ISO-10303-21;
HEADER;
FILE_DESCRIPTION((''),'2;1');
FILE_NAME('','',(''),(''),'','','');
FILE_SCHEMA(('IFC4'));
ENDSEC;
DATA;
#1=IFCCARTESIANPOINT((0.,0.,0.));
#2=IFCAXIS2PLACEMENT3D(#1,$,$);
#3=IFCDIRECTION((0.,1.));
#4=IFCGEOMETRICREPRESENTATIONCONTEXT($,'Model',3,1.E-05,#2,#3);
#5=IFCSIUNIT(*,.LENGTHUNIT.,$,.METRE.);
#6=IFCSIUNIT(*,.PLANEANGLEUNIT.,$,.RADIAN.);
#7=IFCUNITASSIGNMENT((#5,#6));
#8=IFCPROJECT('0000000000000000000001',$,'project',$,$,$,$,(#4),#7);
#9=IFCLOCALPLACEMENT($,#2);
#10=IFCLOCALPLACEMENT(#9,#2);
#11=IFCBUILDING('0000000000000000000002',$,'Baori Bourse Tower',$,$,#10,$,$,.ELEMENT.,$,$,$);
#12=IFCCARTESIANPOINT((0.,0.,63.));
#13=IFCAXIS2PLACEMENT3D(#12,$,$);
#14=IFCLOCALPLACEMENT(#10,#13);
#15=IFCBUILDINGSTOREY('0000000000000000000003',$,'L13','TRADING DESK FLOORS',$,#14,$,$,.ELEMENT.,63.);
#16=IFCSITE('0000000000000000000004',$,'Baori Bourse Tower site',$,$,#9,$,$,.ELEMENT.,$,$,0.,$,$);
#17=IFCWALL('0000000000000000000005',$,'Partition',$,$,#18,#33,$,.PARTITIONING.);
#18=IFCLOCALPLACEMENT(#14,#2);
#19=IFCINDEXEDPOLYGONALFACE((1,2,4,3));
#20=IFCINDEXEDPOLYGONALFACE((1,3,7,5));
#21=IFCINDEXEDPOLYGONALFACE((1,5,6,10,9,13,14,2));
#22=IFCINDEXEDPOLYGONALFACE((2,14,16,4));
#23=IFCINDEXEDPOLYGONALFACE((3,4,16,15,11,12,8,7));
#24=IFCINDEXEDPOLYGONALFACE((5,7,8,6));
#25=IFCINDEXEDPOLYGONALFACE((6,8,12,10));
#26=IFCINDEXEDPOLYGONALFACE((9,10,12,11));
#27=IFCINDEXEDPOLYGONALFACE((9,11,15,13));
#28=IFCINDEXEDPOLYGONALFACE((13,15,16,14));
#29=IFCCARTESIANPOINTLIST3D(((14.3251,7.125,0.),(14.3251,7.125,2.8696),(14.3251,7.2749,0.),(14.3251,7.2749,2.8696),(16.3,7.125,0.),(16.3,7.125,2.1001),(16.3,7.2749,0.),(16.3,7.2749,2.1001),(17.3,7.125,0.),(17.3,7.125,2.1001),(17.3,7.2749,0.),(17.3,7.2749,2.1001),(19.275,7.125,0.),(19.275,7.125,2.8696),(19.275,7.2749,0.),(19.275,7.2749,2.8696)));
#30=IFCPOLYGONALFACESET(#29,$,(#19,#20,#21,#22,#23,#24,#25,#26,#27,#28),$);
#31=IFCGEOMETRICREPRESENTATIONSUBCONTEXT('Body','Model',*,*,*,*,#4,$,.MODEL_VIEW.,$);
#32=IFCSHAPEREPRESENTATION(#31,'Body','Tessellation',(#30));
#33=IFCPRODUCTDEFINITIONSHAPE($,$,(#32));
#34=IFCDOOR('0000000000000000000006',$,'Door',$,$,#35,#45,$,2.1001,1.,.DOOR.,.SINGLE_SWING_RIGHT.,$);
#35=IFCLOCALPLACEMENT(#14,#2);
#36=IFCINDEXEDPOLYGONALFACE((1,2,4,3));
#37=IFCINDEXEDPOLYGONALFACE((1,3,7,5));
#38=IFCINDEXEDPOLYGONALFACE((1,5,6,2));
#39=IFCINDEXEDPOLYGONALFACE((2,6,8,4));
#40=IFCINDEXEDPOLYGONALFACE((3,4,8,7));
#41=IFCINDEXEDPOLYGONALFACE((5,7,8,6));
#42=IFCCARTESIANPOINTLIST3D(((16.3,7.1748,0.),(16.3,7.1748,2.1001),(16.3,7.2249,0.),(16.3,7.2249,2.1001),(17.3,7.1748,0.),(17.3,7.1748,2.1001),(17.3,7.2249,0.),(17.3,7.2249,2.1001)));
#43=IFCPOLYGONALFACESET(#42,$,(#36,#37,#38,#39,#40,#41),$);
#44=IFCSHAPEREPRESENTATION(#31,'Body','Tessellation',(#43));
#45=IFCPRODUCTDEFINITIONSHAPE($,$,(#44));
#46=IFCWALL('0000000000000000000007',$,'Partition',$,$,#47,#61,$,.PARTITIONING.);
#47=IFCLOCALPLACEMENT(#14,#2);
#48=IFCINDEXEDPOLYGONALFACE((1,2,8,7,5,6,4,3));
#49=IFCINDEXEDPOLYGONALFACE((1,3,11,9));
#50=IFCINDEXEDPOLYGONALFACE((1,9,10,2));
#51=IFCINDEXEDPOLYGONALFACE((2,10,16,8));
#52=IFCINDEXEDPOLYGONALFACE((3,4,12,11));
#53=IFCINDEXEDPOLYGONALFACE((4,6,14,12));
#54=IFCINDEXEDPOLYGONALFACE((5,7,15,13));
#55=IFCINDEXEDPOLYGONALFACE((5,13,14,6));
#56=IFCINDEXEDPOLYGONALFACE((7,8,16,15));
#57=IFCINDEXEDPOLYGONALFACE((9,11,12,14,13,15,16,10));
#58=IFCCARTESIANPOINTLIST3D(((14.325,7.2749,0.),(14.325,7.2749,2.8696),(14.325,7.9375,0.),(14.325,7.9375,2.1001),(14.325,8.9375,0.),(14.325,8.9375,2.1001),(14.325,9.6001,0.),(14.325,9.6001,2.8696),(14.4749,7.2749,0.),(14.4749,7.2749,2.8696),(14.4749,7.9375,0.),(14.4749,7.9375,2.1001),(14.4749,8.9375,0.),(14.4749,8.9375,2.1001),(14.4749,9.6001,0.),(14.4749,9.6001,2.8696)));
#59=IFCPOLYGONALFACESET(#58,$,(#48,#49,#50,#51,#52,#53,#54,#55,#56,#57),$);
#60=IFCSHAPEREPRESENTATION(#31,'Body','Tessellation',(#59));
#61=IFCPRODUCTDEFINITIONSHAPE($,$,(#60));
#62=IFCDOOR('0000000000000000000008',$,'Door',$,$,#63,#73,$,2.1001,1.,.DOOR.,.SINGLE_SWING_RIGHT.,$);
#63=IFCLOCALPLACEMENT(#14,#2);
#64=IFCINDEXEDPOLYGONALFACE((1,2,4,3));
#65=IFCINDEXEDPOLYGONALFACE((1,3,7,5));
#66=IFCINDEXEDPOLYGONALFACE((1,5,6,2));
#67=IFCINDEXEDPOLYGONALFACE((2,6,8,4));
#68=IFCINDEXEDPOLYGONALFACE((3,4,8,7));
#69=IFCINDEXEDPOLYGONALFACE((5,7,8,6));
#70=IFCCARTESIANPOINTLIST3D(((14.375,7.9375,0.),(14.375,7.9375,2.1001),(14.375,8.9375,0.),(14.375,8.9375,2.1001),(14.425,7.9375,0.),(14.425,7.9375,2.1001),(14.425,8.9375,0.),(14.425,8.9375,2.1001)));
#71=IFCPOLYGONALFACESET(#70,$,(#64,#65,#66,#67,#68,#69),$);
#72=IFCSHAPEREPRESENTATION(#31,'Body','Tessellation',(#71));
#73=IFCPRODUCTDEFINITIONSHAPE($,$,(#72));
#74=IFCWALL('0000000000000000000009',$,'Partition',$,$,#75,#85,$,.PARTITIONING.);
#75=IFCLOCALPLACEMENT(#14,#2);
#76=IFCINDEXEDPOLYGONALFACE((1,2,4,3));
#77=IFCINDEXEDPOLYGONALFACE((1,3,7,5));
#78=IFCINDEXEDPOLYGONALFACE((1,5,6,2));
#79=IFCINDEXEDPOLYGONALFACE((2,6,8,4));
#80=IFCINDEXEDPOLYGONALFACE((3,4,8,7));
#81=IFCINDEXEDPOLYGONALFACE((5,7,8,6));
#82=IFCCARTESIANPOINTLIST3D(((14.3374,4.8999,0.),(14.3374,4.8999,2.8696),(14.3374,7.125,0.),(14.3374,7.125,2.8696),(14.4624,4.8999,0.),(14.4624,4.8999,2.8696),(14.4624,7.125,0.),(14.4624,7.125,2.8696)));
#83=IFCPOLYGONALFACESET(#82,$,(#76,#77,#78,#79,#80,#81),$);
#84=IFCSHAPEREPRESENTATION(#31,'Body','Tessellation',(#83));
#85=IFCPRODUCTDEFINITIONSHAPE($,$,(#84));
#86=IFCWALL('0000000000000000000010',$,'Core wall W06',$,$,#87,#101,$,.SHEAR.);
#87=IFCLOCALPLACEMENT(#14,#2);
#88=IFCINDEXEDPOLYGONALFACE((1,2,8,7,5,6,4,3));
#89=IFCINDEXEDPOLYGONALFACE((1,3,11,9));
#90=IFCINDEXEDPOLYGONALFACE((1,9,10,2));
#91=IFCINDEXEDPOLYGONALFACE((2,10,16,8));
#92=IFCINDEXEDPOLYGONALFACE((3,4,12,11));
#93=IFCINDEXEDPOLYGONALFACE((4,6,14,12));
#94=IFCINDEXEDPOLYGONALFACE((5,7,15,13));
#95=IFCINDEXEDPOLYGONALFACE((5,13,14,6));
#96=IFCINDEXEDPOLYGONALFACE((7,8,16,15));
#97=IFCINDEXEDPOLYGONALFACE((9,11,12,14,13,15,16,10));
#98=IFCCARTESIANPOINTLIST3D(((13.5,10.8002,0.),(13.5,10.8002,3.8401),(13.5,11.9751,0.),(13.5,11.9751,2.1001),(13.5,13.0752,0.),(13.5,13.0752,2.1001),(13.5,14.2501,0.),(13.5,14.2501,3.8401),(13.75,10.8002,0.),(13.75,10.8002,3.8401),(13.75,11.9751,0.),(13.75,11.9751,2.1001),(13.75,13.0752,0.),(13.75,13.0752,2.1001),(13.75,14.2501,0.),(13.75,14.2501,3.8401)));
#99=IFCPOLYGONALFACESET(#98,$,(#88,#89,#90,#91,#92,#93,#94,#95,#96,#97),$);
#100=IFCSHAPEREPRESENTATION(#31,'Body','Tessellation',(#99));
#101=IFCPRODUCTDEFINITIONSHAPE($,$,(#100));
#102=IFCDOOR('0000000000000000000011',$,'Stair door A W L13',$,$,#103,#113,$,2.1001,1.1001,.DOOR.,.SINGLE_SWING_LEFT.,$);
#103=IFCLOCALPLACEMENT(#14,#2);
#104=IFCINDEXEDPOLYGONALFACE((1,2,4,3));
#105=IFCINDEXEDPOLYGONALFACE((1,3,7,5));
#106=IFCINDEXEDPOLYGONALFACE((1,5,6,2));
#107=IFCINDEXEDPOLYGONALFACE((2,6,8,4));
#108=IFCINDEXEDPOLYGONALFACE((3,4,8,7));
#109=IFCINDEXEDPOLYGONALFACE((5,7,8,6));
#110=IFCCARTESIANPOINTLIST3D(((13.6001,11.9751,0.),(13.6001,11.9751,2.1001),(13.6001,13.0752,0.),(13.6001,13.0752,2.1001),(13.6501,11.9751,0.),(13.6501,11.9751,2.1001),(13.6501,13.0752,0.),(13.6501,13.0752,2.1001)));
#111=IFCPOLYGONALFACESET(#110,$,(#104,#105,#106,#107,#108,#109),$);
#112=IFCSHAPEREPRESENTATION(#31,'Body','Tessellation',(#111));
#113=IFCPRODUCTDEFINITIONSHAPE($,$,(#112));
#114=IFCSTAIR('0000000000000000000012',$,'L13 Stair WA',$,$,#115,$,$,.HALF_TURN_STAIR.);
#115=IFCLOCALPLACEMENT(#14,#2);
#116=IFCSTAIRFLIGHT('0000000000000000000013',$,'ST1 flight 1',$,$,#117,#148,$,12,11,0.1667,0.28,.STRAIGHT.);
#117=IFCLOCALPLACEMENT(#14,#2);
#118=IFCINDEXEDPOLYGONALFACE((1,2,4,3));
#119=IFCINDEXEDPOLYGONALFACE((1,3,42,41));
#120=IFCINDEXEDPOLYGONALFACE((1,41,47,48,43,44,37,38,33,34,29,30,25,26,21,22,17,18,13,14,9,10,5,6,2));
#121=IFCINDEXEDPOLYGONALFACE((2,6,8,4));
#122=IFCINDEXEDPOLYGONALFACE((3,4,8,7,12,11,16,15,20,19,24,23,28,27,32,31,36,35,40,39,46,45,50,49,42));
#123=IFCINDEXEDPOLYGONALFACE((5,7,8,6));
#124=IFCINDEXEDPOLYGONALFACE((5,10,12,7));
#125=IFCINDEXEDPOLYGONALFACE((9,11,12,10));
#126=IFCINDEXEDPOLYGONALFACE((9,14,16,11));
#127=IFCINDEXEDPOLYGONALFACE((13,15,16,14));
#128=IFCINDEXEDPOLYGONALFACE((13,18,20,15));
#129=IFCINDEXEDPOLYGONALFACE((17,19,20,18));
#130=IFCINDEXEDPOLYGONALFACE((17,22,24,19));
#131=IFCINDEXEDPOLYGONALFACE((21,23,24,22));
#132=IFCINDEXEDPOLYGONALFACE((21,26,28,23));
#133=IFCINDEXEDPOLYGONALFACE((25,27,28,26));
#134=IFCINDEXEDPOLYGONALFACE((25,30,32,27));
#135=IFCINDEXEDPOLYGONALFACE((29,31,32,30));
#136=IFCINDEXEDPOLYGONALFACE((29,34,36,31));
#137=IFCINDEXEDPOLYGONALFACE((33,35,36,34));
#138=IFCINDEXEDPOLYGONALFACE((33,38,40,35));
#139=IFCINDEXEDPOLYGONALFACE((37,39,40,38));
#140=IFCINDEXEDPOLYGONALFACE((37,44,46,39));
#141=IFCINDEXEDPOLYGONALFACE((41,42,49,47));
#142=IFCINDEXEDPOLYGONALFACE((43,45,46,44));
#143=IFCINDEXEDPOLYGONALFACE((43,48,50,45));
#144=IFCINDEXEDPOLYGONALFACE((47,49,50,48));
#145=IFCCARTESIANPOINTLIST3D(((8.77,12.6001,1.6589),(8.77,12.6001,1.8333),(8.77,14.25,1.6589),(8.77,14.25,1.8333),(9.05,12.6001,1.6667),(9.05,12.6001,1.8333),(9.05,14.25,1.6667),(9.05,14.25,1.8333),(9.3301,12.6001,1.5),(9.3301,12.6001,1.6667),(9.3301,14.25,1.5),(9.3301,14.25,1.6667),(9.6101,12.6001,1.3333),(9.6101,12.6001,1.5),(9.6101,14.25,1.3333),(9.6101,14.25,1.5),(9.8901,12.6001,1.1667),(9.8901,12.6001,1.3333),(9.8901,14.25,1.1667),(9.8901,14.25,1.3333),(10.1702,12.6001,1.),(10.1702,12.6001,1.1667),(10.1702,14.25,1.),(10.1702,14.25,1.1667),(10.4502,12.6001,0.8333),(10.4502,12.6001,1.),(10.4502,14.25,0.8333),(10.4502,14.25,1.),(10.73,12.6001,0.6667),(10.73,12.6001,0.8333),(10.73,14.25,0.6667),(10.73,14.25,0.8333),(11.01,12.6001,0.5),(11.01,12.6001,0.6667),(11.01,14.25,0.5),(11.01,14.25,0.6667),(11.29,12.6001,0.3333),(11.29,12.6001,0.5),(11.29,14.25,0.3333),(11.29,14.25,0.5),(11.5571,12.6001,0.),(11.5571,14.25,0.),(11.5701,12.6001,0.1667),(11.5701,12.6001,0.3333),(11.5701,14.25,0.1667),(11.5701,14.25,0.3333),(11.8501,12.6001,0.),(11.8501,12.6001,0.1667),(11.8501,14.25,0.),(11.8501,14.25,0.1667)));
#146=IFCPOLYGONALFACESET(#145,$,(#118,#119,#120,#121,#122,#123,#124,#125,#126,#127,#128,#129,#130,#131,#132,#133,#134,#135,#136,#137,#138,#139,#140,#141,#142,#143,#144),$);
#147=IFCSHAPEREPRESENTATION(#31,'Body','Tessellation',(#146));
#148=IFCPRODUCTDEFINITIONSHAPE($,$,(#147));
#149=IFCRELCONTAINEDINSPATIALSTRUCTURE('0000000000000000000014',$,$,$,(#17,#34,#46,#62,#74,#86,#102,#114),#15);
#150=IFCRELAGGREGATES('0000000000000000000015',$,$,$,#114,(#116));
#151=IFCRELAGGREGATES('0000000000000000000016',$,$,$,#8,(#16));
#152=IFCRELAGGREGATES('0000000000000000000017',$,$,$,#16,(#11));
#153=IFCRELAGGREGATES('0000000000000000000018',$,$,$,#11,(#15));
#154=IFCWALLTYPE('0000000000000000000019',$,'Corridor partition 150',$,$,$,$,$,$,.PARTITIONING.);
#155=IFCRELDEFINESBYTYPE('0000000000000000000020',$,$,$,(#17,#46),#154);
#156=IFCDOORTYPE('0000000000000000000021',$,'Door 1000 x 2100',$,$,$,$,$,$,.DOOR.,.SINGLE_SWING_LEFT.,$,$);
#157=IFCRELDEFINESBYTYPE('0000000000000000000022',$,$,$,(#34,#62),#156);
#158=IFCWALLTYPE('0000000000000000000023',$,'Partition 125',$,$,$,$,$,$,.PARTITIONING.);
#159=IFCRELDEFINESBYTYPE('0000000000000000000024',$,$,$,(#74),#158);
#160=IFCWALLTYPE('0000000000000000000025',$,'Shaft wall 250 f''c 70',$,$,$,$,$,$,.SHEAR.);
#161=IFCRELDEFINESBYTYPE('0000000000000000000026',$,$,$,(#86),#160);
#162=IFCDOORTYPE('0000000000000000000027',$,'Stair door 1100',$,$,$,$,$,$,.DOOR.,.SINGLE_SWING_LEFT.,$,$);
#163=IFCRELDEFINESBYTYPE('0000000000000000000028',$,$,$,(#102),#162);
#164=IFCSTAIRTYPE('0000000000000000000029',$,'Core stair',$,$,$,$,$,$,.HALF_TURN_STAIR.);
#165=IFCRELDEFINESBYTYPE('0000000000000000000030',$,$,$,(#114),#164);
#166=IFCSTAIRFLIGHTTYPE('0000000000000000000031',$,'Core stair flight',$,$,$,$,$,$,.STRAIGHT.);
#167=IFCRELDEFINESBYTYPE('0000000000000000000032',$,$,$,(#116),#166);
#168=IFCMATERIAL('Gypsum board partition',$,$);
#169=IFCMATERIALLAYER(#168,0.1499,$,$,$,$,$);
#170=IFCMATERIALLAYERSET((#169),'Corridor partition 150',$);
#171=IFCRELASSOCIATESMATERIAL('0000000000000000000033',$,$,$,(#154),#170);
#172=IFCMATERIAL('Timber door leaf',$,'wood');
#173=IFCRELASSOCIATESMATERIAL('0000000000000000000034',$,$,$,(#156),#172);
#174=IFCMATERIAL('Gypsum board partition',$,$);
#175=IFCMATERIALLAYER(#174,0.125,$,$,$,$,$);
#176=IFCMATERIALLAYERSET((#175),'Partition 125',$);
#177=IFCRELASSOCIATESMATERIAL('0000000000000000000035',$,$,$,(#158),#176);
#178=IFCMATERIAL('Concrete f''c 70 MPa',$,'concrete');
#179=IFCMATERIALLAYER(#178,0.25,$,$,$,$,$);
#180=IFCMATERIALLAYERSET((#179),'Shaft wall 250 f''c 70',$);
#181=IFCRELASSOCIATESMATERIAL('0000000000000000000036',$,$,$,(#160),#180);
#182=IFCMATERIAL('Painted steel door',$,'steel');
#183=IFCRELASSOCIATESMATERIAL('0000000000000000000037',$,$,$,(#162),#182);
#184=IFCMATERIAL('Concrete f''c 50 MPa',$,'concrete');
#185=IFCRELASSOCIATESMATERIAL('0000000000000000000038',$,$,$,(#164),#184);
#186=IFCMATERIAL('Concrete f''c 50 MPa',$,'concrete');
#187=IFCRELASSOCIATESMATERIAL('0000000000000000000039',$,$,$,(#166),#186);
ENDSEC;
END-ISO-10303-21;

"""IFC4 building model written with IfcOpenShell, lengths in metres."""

from ifc_helpers import new_model, si_unit, direction, frame, frame_2d, origin, place, context, subcontext, project, spatial, polyline, rectangle, outline, extrude, material, layer, layer_set, type_object, element, fill, aggregate, save


model = new_model("IFC4")

# Units and contexts
model_context = context("Model", 3, precision=1e-05, world=origin(), true_north=direction((0.0, 1.0)))
body_context = subcontext(model_context, "Body", "Model", "MODEL_VIEW")
ifc_project = project(units=[si_unit("LENGTHUNIT", "METRE"), si_unit("PLANEANGLEUNIT", "RADIAN")], contexts=[model_context])

# Site, building, storey
site_placement = place(None, origin())
site = spatial("IfcSite", under=ifc_project, at=site_placement, Name="Baori Bourse Tower site", CompositionType="ELEMENT", RefElevation=0.0)
building_placement = place(site_placement, origin())
building = spatial("IfcBuilding", under=site, at=building_placement, Name="Baori Bourse Tower", CompositionType="ELEMENT")
storey_placement = place(building_placement, frame((0.0, 0.0, 63.0)))
storey = spatial("IfcBuildingStorey", under=building, at=storey_placement, Name="L13", Description="TRADING DESK FLOORS", CompositionType="ELEMENT", Elevation=63.0)

# Walls, openings, doors
ifc_material_1 = material(Name="Gypsum board partition")
ifc_layer_1 = layer(ifc_material_1, 0.1499)
ifc_layer_set_1 = layer_set([ifc_layer_1], Name="Corridor partition 150")
wall_type_1 = type_object("IfcWallType", Name="Corridor partition 150", PredefinedType="PARTITIONING", material=ifc_layer_set_1)
wall_1_placement = place(storey_placement, frame((14.325, 7.2, 0.0), z_axis=(0.0, 0.0, 1.0), x_axis=(1.0, 0.0, 0.0)))
wall_1 = element("IfcWall", 1, at=wall_1_placement, inside=storey, type_object=wall_type_1, Name="Partition", PredefinedType="PARTITIONING", context=body_context, shape_type="SweptSolid", body=[
    extrude(rectangle(XDim=4.95, YDim=0.1499, at=frame_2d((2.4751, 0.0))), origin(), (0.0, 0.0, 1.0), 2.8696),
])
opening_1_placement = place(wall_1_placement, frame((1.9751, 0.0, 0.0)))
opening_1 = element("IfcOpeningElement", 2, at=opening_1_placement, cuts=wall_1, PredefinedType="OPENING", context=body_context, shape_type="SweptSolid", body=[
    extrude(rectangle(XDim=1.0, YDim=2.1001, at=frame_2d((0.5, 1.05))), frame((0.0, 0.085, 0.0), z_axis=(0.0, -1.0, 0.0), x_axis=(1.0, 0.0, 0.0)), (0.0, 0.0, 1.0), 0.1699),
])
ifc_material_2 = material(Name="Timber door leaf", Category="wood")
door_type_1 = type_object("IfcDoorType", Name="Door 1000 x 2100", OperationType="SINGLE_SWING_LEFT", PredefinedType="DOOR", material=ifc_material_2)
door_1_placement = place(opening_1_placement, origin())
door_1 = element("IfcDoor", 3, at=door_1_placement, inside=storey, type_object=door_type_1, Name="Door", OperationType="SINGLE_SWING_RIGHT", OverallHeight=2.1001, OverallWidth=1.0, PredefinedType="DOOR", context=body_context, shape_type="SweptSolid", body=[
    extrude(rectangle(XDim=1.0, YDim=2.1001, at=frame_2d((0.5, 1.05))), frame((0.0, 0.0249, 0.0), z_axis=(0.0, -1.0, 0.0), x_axis=(1.0, 0.0, 0.0)), (0.0, 0.0, 1.0), 0.05),
])
fill(opening_1, door_1)
wall_2_placement = place(storey_placement, frame((14.3999, 7.2749, 0.0), z_axis=(0.0, 0.0, 1.0), x_axis=(0.0, 1.0, 0.0)))
wall_2 = element("IfcWall", 4, at=wall_2_placement, inside=storey, type_object=wall_type_1, Name="Partition", PredefinedType="PARTITIONING", context=body_context, shape_type="SweptSolid", body=[
    extrude(rectangle(XDim=2.3252, YDim=0.1499, at=frame_2d((1.1626, 0.0))), origin(), (0.0, 0.0, 1.0), 2.8696),
])
opening_2_placement = place(wall_2_placement, frame((0.6626, 0.0, 0.0)))
opening_2 = element("IfcOpeningElement", 5, at=opening_2_placement, cuts=wall_2, PredefinedType="OPENING", context=body_context, shape_type="SweptSolid", body=[
    extrude(rectangle(XDim=1.0, YDim=2.1001, at=frame_2d((0.5, 1.05))), frame((0.0, 0.085, 0.0), z_axis=(0.0, -1.0, 0.0), x_axis=(1.0, 0.0, 0.0)), (0.0, 0.0, 1.0), 0.1699),
])
door_2_placement = place(opening_2_placement, origin())
door_2 = element("IfcDoor", 6, at=door_2_placement, inside=storey, type_object=door_type_1, Name="Door", OperationType="SINGLE_SWING_RIGHT", OverallHeight=2.1001, OverallWidth=1.0, PredefinedType="DOOR", context=body_context, shape_type="SweptSolid", body=[
    extrude(rectangle(XDim=1.0, YDim=2.1001, at=frame_2d((0.5, 1.05))), frame((0.0, 0.0249, 0.0), z_axis=(0.0, -1.0, 0.0), x_axis=(1.0, 0.0, 0.0)), (0.0, 0.0, 1.0), 0.05),
])
fill(opening_2, door_2)

# Wall
ifc_material_3 = material(Name="Gypsum board partition")
ifc_layer_2 = layer(ifc_material_3, 0.125)
ifc_layer_set_2 = layer_set([ifc_layer_2], Name="Partition 125")
wall_type_2 = type_object("IfcWallType", Name="Partition 125", PredefinedType="PARTITIONING", material=ifc_layer_set_2)
wall_3_placement = place(storey_placement, frame((14.3999, 4.8999, 0.0), z_axis=(0.0, 0.0, 1.0), x_axis=(0.0, 1.0, 0.0)))
element("IfcWall", 7, at=wall_3_placement, inside=storey, type_object=wall_type_2, Name="Partition", PredefinedType="PARTITIONING", context=body_context, shape_type="SweptSolid", body=[
    extrude(rectangle(XDim=2.2251, YDim=0.125, at=frame_2d((1.1125, 0.0))), origin(), (0.0, 0.0, 1.0), 2.8696),
])

# Wall, opening, door
ifc_material_4 = material(Name="Concrete f'c 70 MPa", Category="concrete")
ifc_layer_3 = layer(ifc_material_4, 0.25)
ifc_layer_set_3 = layer_set([ifc_layer_3], Name="Shaft wall 250 f'c 70")
wall_type_3 = type_object("IfcWallType", Name="Shaft wall 250 f'c 70", PredefinedType="SHEAR", material=ifc_layer_set_3)
wall_4_placement = place(storey_placement, frame((13.625, 10.8, 0.0), z_axis=(0.0, 0.0, 1.0), x_axis=(0.0, 1.0, 0.0)))
wall_4 = element("IfcWall", 8, at=wall_4_placement, inside=storey, type_object=wall_type_3, Name="Core wall W06", PredefinedType="SHEAR", context=body_context, shape_type="SweptSolid", body=[
    extrude(rectangle(XDim=3.45, YDim=0.25, at=frame_2d((1.7251, 0.0))), origin(), (0.0, 0.0, 1.0), 3.8401),
])
opening_3_placement = place(wall_4_placement, frame((1.175, 0.0, 0.0)))
opening_3 = element("IfcOpeningElement", 9, at=opening_3_placement, cuts=wall_4, PredefinedType="OPENING", context=body_context, shape_type="SweptSolid", body=[
    extrude(rectangle(XDim=1.1001, YDim=2.1001, at=frame_2d((0.55, 1.05))), frame((0.0, 0.135, 0.0), z_axis=(0.0, -1.0, 0.0), x_axis=(1.0, 0.0, 0.0)), (0.0, 0.0, 1.0), 0.27),
])
ifc_material_5 = material(Name="Painted steel door", Category="steel")
door_type_2 = type_object("IfcDoorType", Name="Stair door 1100", OperationType="SINGLE_SWING_LEFT", PredefinedType="DOOR", material=ifc_material_5)
door_3_placement = place(opening_3_placement, origin())
door_3 = element("IfcDoor", 10, at=door_3_placement, inside=storey, type_object=door_type_2, Name="Stair door A W L13", OperationType="SINGLE_SWING_LEFT", OverallHeight=2.1001, OverallWidth=1.1001, PredefinedType="DOOR", context=body_context, shape_type="SweptSolid", body=[
    extrude(rectangle(XDim=1.1001, YDim=2.1001, at=frame_2d((0.55, 1.05))), frame((0.0, 0.0249, 0.0), z_axis=(0.0, -1.0, 0.0), x_axis=(1.0, 0.0, 0.0)), (0.0, 0.0, 1.0), 0.05),
])
fill(opening_3, door_3)

# Stair, stair flight
ifc_material_6 = material(Name="Concrete f'c 50 MPa", Category="concrete")
stair_type = type_object("IfcStairType", Name="Core stair", PredefinedType="HALF_TURN_STAIR", material=ifc_material_6)
stair_placement = place(storey_placement, origin())
stair = element("IfcStair", 11, at=stair_placement, inside=storey, type_object=stair_type, Name="L13 Stair WA", PredefinedType="HALF_TURN_STAIR")
ifc_material_7 = material(Name="Concrete f'c 50 MPa", Category="concrete")
stair_flight_type = type_object("IfcStairFlightType", Name="Core stair flight", PredefinedType="STRAIGHT", material=ifc_material_7)
stair_flight_1_placement = place(storey_placement, frame((11.8501, 13.425, 0.0), z_axis=(0.0, 0.0, 1.0), x_axis=(-1.0, 0.0, 0.0)))
stair_flight_1 = element("IfcStairFlight", 12, at=stair_flight_1_placement, type_object=stair_flight_type, Name="ST1 flight 1", NumberOfRisers=12, NumberOfTreads=11, PredefinedType="STRAIGHT", RiserHeight=0.1667, TreadLength=0.28, context=body_context, shape_type="SweptSolid", body=[
    extrude(outline(polyline([(0.0, 0.0), (0.0, 0.1667), (0.28, 0.1667), (0.28, 0.3333), (0.5601, 0.3333), (0.5601, 0.5), (0.8401, 0.5), (0.8401, 0.6667), (1.1201, 0.6667), (1.1201, 0.8333), (1.3999, 0.8333), (1.3999, 1.0), (1.6799, 1.0), (1.6799, 1.1667), (1.96, 1.1667), (1.96, 1.3333), (2.24, 1.3333), (2.24, 1.5), (2.52, 1.5), (2.52, 1.6667), (2.8, 1.6667), (2.8, 1.8333), (3.0801, 1.8333), (3.0801, 2.0), (3.0801, 1.6589), (0.293, 0.0), (0.0, 0.0)])), frame((0.0, 0.825, 0.0), z_axis=(0.0, -1.0, 0.0), x_axis=(1.0, 0.0, 0.0)), (0.0, 0.0, 1.0), 1.6499),
])
aggregate(stair, [stair_flight_1])

save(model, "model.ifc")
